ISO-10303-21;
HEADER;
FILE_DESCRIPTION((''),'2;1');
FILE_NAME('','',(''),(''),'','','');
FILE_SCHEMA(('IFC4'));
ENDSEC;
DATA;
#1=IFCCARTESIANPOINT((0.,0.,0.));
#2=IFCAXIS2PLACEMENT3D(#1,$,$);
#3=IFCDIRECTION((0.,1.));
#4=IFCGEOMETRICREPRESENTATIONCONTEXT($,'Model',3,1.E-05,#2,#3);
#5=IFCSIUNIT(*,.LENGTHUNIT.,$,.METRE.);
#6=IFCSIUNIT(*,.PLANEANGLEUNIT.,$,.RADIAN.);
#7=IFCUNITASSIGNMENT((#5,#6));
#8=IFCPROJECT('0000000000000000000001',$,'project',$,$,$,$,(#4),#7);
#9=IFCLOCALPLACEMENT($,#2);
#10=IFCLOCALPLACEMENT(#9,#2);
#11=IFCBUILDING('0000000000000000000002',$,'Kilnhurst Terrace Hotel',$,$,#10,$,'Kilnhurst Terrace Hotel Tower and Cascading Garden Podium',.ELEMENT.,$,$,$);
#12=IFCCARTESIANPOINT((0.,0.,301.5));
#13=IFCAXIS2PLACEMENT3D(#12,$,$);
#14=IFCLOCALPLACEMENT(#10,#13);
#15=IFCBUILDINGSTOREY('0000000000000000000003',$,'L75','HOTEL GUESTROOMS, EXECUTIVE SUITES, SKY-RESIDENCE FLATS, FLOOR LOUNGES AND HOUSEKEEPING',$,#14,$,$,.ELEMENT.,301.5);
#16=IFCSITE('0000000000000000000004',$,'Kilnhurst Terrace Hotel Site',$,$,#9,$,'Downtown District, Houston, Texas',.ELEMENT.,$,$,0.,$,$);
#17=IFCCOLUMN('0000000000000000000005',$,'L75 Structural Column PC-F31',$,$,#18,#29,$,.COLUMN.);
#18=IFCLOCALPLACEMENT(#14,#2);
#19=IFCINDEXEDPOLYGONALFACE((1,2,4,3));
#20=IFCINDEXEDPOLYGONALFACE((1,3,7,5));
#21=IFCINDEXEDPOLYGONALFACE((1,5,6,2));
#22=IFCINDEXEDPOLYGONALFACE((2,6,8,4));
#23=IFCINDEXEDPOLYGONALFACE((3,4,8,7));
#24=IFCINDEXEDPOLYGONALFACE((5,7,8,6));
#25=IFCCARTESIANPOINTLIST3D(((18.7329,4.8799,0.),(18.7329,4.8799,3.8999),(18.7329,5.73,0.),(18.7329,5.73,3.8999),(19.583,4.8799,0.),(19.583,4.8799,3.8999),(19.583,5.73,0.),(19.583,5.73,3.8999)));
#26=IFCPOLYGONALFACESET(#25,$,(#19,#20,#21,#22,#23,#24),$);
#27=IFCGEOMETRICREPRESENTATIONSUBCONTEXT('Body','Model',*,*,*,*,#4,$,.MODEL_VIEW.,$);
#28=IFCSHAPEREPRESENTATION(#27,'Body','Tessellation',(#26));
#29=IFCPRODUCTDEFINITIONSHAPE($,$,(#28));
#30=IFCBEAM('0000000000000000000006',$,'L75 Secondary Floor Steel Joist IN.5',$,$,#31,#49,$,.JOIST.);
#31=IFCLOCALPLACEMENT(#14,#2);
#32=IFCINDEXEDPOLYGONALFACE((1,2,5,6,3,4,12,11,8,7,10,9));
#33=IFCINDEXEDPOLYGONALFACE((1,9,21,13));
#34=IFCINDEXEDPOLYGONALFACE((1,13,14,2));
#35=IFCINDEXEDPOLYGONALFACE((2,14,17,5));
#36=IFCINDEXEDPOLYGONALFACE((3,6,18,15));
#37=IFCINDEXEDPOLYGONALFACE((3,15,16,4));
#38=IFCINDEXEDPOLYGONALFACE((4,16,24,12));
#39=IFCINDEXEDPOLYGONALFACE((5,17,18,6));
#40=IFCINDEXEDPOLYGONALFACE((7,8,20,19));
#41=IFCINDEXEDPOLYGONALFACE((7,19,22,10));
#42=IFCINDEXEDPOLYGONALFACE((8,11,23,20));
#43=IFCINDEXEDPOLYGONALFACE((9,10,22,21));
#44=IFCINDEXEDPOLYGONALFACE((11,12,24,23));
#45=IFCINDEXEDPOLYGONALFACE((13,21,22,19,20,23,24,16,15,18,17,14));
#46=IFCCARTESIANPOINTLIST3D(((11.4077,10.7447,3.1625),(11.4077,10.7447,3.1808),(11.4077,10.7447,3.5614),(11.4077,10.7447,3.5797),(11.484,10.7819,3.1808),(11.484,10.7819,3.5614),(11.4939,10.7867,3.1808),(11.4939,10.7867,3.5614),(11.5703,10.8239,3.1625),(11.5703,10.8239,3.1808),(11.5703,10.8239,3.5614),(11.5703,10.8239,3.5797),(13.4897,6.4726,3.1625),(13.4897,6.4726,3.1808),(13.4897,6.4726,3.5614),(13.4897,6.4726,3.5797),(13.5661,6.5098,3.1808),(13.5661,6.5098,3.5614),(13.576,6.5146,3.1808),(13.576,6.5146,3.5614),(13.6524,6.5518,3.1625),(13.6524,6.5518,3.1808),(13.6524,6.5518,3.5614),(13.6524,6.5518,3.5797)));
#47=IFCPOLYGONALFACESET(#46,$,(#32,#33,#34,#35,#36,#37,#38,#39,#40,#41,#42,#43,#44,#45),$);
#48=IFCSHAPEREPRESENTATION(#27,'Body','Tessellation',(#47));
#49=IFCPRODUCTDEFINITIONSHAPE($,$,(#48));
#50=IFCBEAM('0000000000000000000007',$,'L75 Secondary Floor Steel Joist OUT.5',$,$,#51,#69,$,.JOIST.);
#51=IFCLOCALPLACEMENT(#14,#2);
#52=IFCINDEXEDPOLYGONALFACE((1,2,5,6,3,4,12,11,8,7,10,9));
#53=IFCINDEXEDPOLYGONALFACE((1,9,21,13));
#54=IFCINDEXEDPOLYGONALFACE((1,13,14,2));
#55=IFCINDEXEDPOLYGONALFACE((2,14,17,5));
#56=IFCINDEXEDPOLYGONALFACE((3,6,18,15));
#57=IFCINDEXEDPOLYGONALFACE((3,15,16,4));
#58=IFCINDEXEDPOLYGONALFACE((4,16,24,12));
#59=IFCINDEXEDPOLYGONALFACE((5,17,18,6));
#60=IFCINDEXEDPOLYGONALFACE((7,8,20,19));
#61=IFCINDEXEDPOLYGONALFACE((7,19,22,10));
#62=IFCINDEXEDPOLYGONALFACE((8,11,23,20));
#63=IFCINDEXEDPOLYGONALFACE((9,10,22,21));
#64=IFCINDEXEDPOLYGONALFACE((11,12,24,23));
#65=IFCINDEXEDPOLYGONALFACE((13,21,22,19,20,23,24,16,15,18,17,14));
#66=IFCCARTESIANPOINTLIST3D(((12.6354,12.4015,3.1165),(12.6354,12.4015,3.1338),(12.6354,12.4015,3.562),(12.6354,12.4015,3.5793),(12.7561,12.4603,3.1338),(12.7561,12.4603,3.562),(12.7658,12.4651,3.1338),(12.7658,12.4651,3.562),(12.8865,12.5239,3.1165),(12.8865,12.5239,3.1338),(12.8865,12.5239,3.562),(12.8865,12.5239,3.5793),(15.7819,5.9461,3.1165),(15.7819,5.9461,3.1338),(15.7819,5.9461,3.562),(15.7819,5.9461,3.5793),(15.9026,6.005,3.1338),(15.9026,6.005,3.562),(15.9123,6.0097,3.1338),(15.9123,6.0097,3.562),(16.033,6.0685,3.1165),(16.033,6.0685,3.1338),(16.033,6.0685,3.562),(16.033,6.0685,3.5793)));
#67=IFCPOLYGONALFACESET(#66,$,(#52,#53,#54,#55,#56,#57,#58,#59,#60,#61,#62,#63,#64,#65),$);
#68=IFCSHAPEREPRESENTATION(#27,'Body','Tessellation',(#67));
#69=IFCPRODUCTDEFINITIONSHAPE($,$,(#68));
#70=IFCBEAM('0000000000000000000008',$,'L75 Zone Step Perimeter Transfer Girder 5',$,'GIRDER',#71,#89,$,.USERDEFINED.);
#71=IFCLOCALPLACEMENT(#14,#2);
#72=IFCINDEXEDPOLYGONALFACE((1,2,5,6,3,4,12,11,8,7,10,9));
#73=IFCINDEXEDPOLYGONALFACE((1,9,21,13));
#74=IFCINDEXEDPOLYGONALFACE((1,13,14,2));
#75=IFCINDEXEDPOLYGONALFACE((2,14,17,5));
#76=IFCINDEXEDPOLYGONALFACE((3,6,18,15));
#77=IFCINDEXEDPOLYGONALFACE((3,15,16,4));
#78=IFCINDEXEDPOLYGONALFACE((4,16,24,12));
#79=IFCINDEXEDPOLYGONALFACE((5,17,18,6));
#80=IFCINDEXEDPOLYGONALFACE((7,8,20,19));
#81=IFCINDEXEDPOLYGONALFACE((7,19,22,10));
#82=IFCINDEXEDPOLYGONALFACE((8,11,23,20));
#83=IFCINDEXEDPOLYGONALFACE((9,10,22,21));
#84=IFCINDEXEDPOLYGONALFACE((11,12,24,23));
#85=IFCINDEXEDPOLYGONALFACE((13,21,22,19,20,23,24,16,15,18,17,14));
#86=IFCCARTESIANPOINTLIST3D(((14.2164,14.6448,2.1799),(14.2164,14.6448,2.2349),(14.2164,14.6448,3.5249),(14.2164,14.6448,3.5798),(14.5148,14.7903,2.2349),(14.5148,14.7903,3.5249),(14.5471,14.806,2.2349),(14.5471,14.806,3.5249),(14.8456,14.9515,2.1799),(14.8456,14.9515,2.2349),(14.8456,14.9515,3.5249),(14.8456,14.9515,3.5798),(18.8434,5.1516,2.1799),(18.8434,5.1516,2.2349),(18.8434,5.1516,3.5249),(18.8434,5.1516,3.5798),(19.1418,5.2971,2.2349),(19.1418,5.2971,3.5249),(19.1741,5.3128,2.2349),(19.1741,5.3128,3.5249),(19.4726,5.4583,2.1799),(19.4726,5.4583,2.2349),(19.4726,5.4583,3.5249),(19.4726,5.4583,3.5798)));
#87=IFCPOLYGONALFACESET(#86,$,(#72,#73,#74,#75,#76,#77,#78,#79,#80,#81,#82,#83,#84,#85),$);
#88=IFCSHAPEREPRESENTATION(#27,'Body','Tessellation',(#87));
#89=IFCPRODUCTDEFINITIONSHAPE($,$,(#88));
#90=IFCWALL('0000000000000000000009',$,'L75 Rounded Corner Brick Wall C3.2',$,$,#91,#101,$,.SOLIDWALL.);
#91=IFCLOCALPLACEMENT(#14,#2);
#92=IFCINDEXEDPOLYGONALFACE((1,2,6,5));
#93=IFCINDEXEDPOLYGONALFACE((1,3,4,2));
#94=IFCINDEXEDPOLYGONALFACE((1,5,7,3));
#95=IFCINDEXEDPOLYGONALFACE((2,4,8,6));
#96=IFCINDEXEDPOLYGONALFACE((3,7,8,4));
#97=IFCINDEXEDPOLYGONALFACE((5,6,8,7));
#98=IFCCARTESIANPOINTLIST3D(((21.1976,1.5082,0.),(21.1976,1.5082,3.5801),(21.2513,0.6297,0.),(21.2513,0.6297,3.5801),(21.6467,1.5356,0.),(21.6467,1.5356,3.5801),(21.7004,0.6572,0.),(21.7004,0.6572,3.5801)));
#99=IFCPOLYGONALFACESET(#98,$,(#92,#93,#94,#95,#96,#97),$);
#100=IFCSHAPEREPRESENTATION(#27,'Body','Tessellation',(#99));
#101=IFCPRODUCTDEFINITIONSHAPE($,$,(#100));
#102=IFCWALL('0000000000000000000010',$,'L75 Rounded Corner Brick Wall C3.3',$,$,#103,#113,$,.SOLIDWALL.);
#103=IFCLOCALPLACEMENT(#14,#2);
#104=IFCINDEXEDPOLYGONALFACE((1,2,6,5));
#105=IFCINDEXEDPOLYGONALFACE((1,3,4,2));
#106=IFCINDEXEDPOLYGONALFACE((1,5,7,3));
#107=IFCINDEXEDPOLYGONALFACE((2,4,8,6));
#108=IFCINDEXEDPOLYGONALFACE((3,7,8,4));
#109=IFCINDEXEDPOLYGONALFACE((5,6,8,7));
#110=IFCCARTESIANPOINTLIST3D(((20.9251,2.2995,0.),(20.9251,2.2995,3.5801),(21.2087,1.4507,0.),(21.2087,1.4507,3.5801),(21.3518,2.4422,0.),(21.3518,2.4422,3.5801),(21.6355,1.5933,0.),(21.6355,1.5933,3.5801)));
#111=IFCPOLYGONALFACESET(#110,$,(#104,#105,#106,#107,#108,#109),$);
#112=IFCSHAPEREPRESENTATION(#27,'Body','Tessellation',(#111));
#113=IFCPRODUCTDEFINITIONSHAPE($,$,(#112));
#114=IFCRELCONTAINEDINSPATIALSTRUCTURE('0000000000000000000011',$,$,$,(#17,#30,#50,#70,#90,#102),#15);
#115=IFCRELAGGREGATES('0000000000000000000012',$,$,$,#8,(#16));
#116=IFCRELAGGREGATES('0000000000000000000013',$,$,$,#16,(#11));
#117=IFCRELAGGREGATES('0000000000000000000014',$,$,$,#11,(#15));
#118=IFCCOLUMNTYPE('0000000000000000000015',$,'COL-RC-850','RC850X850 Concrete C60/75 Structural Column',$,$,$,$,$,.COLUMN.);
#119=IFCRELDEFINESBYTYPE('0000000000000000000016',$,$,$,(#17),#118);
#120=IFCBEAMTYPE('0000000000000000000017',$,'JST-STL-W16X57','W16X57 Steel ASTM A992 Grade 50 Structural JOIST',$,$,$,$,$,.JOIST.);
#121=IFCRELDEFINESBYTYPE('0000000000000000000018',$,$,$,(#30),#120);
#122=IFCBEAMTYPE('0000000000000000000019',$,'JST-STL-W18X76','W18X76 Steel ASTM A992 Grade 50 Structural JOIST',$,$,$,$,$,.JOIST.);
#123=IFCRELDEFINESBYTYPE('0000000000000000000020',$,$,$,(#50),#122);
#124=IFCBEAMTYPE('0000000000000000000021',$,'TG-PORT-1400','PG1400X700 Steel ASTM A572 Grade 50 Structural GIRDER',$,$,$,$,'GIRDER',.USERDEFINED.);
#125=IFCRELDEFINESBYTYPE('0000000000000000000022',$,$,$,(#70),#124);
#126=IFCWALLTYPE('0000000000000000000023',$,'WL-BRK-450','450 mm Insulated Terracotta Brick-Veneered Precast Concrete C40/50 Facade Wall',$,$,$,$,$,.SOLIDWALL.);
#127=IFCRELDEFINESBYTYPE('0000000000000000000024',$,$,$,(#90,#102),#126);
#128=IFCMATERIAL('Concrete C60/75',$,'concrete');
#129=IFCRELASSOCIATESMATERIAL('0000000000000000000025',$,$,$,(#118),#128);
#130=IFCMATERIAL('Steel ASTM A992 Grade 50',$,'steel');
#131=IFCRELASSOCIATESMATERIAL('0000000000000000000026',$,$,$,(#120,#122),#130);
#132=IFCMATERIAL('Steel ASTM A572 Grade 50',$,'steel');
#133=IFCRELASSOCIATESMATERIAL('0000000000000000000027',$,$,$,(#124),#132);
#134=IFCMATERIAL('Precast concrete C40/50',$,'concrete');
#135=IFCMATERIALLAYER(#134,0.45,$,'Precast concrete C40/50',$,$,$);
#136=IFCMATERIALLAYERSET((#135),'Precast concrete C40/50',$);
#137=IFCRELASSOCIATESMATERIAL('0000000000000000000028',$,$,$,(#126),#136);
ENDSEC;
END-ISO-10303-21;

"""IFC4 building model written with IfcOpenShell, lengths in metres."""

from ifc_helpers import new_model, si_unit, direction, frame, frame_2d, origin, origin_2d, place, context, subcontext, project, spatial, rectangle, i_section, extrude, material, layer, layer_set, material_profile, profile_set, type_object, element, save


model = new_model("IFC4")

# Units and contexts
model_context = context("Model", 3, precision=1e-05, world=origin(), true_north=direction((0.0, 1.0)))
body_context = subcontext(model_context, "Body", "Model", "MODEL_VIEW")
ifc_project = project(units=[si_unit("LENGTHUNIT", "METRE"), si_unit("PLANEANGLEUNIT", "RADIAN")], contexts=[model_context])

# Site, building, storey
site_placement = place(None, origin())
site = spatial("IfcSite", under=ifc_project, at=site_placement, Name="Kilnhurst Terrace Hotel Site", LongName="Downtown District, Houston, Texas", CompositionType="ELEMENT", RefElevation=0.0)
building_placement = place(site_placement, origin())
building = spatial("IfcBuilding", under=site, at=building_placement, Name="Kilnhurst Terrace Hotel", LongName="Kilnhurst Terrace Hotel Tower and Cascading Garden Podium", CompositionType="ELEMENT")
storey_placement = place(building_placement, frame((0.0, 0.0, 301.5)))
storey = spatial("IfcBuildingStorey", under=building, at=storey_placement, Name="L75", Description="HOTEL GUESTROOMS, EXECUTIVE SUITES, SKY-RESIDENCE FLATS, FLOOR LOUNGES AND HOUSEKEEPING", CompositionType="ELEMENT", Elevation=301.5)

# Column
ifc_material_1 = material(Name="Concrete C60/75", Category="concrete")
ifc_material_profile_1 = material_profile(ifc_material_1, rectangle(XDim=0.8501, YDim=0.8501, at=origin_2d()), Name="RC850X850")
ifc_profile_set_1 = profile_set([ifc_material_profile_1], Name="Concrete C60/75")
column_type = type_object("IfcColumnType", Name="COL-RC-850", Description="RC850X850 Concrete C60/75 Structural Column", PredefinedType="COLUMN", material=ifc_profile_set_1)
column_placement = place(storey_placement, frame((19.158, 5.3049, 0.0), z_axis=(0.0, 0.0, 1.0), x_axis=(1.0, 0.0, 0.0)))
element("IfcColumn", 1, at=column_placement, inside=storey, type_object=column_type, Name="L75 Structural Column PC-F31", PredefinedType="COLUMN", context=body_context, shape_type="SweptSolid", body=[
    extrude(rectangle(XDim=0.8501, YDim=0.8501, at=origin_2d()), origin(), (0.0, 0.0, 1.0), 3.8999),
])

# Beams
ifc_material_2 = material(Name="Steel ASTM A992 Grade 50", Category="steel")
ifc_material_profile_2 = material_profile(ifc_material_2, i_section(OverallWidth=0.1809, OverallDepth=0.4172, WebThickness=0.011, FlangeThickness=0.0183, at=origin_2d()), Name="W16X57")
ifc_profile_set_2 = profile_set([ifc_material_profile_2], Name="Steel ASTM A992 Grade 50")
beam_type_1 = type_object("IfcBeamType", Name="JST-STL-W16X57", Description="W16X57 Steel ASTM A992 Grade 50 Structural JOIST", PredefinedType="JOIST", material=ifc_profile_set_2)
beam_1_placement = place(storey_placement, frame((13.571, 6.5122, 3.3711), z_axis=(-0.438108, 0.898922, 0.0), x_axis=(-0.898922, -0.438108, 0.0)))
element("IfcBeam", 2, at=beam_1_placement, inside=storey, type_object=beam_type_1, Name="L75 Secondary Floor Steel Joist IN.5", PredefinedType="JOIST", context=body_context, shape_type="SweptSolid", body=[
    extrude(i_section(OverallWidth=0.1809, OverallDepth=0.4172, WebThickness=0.011, FlangeThickness=0.0183, at=origin_2d()), origin(), (0.0, 0.0, 1.0), 4.7524),
])
ifc_material_profile_3 = material_profile(ifc_material_2, i_section(OverallWidth=0.2793, OverallDepth=0.4629, WebThickness=0.0107, FlangeThickness=0.0173, at=origin_2d()), Name="W18X76")
ifc_profile_set_3 = profile_set([ifc_material_profile_3], Name="Steel ASTM A992 Grade 50")
beam_type_2 = type_object("IfcBeamType", Name="JST-STL-W18X76", Description="W18X76 Steel ASTM A992 Grade 50 Structural JOIST", PredefinedType="JOIST", material=ifc_profile_set_3)
beam_2_placement = place(storey_placement, frame((15.9075, 6.0073, 3.3479), z_axis=(-0.438148, 0.898903, 0.0), x_axis=(-0.898903, -0.438148, 0.0)))
element("IfcBeam", 3, at=beam_2_placement, inside=storey, type_object=beam_type_2, Name="L75 Secondary Floor Steel Joist OUT.5", PredefinedType="JOIST", context=body_context, shape_type="SweptSolid", body=[
    extrude(i_section(OverallWidth=0.2793, OverallDepth=0.4629, WebThickness=0.0107, FlangeThickness=0.0173, at=origin_2d()), origin(), (0.0, 0.0, 1.0), 7.1814),
])
ifc_material_3 = material(Name="Steel ASTM A572 Grade 50", Category="steel")
ifc_material_profile_4 = material_profile(ifc_material_3, i_section(OverallWidth=0.7, OverallDepth=1.3999, WebThickness=0.0359, FlangeThickness=0.0549, at=origin_2d()), Name="PG1400X700")
ifc_profile_set_4 = profile_set([ifc_material_profile_4], Name="Steel ASTM A572 Grade 50")
beam_type_3 = type_object("IfcBeamType", Name="TG-PORT-1400", Description="PG1400X700 Steel ASTM A572 Grade 50 Structural GIRDER", ElementType="GIRDER", PredefinedType="USERDEFINED", material=ifc_profile_set_4)
beam_3_placement = place(storey_placement, frame((19.158, 5.3049, 2.8799), z_axis=(-0.438128, 0.898912, 0.0), x_axis=(-0.898912, -0.438128, 0.0)))
element("IfcBeam", 4, at=beam_3_placement, inside=storey, type_object=beam_type_3, Name="L75 Zone Step Perimeter Transfer Girder 5", ObjectType="GIRDER", PredefinedType="USERDEFINED", context=body_context, shape_type="SweptSolid", body=[
    extrude(i_section(OverallWidth=0.7, OverallDepth=1.3999, WebThickness=0.0359, FlangeThickness=0.0549, at=origin_2d()), origin(), (0.0, 0.0, 1.0), 10.5608),
])

# Walls
ifc_material_4 = material(Name="Precast concrete C40/50", Category="concrete")
ifc_layer_1 = layer(ifc_material_4, 0.45, Name="Precast concrete C40/50")
ifc_layer_set_1 = layer_set([ifc_layer_1], Name="Precast concrete C40/50")
wall_type_1 = type_object("IfcWallType", Name="WL-BRK-450", Description="450 mm Insulated Terracotta Brick-Veneered Precast Concrete C40/50 Facade Wall", PredefinedType="SOLIDWALL", material=ifc_layer_set_1)
wall_1_placement = place(storey_placement, frame((21.4758, 0.6436, 0.0), z_axis=(0.0, 0.0, 1.0), x_axis=(-0.061031, 0.998136, 0.0)))
element("IfcWall", 5, at=wall_1_placement, inside=storey, type_object=wall_type_1, Name="L75 Rounded Corner Brick Wall C3.2", PredefinedType="SOLIDWALL", context=body_context, shape_type="SweptSolid", body=[
    extrude(rectangle(XDim=0.8801, YDim=0.45, at=frame_2d((0.4399, 0.0))), origin(), (0.0, 0.0, 1.0), 3.5801),
])
wall_2_placement = place(storey_placement, frame((21.4221, 1.522, 0.0), z_axis=(0.0, 0.0, 1.0), x_axis=(-0.316964, 0.948438, 0.0)))
element("IfcWall", 6, at=wall_2_placement, inside=storey, type_object=wall_type_1, Name="L75 Rounded Corner Brick Wall C3.3", PredefinedType="SOLIDWALL", context=body_context, shape_type="SweptSolid", body=[
    extrude(rectangle(XDim=0.895, YDim=0.45, at=frame_2d((0.4475, 0.0))), origin(), (0.0, 0.0, 1.0), 3.5801),
])

save(model, "model.ifc")
